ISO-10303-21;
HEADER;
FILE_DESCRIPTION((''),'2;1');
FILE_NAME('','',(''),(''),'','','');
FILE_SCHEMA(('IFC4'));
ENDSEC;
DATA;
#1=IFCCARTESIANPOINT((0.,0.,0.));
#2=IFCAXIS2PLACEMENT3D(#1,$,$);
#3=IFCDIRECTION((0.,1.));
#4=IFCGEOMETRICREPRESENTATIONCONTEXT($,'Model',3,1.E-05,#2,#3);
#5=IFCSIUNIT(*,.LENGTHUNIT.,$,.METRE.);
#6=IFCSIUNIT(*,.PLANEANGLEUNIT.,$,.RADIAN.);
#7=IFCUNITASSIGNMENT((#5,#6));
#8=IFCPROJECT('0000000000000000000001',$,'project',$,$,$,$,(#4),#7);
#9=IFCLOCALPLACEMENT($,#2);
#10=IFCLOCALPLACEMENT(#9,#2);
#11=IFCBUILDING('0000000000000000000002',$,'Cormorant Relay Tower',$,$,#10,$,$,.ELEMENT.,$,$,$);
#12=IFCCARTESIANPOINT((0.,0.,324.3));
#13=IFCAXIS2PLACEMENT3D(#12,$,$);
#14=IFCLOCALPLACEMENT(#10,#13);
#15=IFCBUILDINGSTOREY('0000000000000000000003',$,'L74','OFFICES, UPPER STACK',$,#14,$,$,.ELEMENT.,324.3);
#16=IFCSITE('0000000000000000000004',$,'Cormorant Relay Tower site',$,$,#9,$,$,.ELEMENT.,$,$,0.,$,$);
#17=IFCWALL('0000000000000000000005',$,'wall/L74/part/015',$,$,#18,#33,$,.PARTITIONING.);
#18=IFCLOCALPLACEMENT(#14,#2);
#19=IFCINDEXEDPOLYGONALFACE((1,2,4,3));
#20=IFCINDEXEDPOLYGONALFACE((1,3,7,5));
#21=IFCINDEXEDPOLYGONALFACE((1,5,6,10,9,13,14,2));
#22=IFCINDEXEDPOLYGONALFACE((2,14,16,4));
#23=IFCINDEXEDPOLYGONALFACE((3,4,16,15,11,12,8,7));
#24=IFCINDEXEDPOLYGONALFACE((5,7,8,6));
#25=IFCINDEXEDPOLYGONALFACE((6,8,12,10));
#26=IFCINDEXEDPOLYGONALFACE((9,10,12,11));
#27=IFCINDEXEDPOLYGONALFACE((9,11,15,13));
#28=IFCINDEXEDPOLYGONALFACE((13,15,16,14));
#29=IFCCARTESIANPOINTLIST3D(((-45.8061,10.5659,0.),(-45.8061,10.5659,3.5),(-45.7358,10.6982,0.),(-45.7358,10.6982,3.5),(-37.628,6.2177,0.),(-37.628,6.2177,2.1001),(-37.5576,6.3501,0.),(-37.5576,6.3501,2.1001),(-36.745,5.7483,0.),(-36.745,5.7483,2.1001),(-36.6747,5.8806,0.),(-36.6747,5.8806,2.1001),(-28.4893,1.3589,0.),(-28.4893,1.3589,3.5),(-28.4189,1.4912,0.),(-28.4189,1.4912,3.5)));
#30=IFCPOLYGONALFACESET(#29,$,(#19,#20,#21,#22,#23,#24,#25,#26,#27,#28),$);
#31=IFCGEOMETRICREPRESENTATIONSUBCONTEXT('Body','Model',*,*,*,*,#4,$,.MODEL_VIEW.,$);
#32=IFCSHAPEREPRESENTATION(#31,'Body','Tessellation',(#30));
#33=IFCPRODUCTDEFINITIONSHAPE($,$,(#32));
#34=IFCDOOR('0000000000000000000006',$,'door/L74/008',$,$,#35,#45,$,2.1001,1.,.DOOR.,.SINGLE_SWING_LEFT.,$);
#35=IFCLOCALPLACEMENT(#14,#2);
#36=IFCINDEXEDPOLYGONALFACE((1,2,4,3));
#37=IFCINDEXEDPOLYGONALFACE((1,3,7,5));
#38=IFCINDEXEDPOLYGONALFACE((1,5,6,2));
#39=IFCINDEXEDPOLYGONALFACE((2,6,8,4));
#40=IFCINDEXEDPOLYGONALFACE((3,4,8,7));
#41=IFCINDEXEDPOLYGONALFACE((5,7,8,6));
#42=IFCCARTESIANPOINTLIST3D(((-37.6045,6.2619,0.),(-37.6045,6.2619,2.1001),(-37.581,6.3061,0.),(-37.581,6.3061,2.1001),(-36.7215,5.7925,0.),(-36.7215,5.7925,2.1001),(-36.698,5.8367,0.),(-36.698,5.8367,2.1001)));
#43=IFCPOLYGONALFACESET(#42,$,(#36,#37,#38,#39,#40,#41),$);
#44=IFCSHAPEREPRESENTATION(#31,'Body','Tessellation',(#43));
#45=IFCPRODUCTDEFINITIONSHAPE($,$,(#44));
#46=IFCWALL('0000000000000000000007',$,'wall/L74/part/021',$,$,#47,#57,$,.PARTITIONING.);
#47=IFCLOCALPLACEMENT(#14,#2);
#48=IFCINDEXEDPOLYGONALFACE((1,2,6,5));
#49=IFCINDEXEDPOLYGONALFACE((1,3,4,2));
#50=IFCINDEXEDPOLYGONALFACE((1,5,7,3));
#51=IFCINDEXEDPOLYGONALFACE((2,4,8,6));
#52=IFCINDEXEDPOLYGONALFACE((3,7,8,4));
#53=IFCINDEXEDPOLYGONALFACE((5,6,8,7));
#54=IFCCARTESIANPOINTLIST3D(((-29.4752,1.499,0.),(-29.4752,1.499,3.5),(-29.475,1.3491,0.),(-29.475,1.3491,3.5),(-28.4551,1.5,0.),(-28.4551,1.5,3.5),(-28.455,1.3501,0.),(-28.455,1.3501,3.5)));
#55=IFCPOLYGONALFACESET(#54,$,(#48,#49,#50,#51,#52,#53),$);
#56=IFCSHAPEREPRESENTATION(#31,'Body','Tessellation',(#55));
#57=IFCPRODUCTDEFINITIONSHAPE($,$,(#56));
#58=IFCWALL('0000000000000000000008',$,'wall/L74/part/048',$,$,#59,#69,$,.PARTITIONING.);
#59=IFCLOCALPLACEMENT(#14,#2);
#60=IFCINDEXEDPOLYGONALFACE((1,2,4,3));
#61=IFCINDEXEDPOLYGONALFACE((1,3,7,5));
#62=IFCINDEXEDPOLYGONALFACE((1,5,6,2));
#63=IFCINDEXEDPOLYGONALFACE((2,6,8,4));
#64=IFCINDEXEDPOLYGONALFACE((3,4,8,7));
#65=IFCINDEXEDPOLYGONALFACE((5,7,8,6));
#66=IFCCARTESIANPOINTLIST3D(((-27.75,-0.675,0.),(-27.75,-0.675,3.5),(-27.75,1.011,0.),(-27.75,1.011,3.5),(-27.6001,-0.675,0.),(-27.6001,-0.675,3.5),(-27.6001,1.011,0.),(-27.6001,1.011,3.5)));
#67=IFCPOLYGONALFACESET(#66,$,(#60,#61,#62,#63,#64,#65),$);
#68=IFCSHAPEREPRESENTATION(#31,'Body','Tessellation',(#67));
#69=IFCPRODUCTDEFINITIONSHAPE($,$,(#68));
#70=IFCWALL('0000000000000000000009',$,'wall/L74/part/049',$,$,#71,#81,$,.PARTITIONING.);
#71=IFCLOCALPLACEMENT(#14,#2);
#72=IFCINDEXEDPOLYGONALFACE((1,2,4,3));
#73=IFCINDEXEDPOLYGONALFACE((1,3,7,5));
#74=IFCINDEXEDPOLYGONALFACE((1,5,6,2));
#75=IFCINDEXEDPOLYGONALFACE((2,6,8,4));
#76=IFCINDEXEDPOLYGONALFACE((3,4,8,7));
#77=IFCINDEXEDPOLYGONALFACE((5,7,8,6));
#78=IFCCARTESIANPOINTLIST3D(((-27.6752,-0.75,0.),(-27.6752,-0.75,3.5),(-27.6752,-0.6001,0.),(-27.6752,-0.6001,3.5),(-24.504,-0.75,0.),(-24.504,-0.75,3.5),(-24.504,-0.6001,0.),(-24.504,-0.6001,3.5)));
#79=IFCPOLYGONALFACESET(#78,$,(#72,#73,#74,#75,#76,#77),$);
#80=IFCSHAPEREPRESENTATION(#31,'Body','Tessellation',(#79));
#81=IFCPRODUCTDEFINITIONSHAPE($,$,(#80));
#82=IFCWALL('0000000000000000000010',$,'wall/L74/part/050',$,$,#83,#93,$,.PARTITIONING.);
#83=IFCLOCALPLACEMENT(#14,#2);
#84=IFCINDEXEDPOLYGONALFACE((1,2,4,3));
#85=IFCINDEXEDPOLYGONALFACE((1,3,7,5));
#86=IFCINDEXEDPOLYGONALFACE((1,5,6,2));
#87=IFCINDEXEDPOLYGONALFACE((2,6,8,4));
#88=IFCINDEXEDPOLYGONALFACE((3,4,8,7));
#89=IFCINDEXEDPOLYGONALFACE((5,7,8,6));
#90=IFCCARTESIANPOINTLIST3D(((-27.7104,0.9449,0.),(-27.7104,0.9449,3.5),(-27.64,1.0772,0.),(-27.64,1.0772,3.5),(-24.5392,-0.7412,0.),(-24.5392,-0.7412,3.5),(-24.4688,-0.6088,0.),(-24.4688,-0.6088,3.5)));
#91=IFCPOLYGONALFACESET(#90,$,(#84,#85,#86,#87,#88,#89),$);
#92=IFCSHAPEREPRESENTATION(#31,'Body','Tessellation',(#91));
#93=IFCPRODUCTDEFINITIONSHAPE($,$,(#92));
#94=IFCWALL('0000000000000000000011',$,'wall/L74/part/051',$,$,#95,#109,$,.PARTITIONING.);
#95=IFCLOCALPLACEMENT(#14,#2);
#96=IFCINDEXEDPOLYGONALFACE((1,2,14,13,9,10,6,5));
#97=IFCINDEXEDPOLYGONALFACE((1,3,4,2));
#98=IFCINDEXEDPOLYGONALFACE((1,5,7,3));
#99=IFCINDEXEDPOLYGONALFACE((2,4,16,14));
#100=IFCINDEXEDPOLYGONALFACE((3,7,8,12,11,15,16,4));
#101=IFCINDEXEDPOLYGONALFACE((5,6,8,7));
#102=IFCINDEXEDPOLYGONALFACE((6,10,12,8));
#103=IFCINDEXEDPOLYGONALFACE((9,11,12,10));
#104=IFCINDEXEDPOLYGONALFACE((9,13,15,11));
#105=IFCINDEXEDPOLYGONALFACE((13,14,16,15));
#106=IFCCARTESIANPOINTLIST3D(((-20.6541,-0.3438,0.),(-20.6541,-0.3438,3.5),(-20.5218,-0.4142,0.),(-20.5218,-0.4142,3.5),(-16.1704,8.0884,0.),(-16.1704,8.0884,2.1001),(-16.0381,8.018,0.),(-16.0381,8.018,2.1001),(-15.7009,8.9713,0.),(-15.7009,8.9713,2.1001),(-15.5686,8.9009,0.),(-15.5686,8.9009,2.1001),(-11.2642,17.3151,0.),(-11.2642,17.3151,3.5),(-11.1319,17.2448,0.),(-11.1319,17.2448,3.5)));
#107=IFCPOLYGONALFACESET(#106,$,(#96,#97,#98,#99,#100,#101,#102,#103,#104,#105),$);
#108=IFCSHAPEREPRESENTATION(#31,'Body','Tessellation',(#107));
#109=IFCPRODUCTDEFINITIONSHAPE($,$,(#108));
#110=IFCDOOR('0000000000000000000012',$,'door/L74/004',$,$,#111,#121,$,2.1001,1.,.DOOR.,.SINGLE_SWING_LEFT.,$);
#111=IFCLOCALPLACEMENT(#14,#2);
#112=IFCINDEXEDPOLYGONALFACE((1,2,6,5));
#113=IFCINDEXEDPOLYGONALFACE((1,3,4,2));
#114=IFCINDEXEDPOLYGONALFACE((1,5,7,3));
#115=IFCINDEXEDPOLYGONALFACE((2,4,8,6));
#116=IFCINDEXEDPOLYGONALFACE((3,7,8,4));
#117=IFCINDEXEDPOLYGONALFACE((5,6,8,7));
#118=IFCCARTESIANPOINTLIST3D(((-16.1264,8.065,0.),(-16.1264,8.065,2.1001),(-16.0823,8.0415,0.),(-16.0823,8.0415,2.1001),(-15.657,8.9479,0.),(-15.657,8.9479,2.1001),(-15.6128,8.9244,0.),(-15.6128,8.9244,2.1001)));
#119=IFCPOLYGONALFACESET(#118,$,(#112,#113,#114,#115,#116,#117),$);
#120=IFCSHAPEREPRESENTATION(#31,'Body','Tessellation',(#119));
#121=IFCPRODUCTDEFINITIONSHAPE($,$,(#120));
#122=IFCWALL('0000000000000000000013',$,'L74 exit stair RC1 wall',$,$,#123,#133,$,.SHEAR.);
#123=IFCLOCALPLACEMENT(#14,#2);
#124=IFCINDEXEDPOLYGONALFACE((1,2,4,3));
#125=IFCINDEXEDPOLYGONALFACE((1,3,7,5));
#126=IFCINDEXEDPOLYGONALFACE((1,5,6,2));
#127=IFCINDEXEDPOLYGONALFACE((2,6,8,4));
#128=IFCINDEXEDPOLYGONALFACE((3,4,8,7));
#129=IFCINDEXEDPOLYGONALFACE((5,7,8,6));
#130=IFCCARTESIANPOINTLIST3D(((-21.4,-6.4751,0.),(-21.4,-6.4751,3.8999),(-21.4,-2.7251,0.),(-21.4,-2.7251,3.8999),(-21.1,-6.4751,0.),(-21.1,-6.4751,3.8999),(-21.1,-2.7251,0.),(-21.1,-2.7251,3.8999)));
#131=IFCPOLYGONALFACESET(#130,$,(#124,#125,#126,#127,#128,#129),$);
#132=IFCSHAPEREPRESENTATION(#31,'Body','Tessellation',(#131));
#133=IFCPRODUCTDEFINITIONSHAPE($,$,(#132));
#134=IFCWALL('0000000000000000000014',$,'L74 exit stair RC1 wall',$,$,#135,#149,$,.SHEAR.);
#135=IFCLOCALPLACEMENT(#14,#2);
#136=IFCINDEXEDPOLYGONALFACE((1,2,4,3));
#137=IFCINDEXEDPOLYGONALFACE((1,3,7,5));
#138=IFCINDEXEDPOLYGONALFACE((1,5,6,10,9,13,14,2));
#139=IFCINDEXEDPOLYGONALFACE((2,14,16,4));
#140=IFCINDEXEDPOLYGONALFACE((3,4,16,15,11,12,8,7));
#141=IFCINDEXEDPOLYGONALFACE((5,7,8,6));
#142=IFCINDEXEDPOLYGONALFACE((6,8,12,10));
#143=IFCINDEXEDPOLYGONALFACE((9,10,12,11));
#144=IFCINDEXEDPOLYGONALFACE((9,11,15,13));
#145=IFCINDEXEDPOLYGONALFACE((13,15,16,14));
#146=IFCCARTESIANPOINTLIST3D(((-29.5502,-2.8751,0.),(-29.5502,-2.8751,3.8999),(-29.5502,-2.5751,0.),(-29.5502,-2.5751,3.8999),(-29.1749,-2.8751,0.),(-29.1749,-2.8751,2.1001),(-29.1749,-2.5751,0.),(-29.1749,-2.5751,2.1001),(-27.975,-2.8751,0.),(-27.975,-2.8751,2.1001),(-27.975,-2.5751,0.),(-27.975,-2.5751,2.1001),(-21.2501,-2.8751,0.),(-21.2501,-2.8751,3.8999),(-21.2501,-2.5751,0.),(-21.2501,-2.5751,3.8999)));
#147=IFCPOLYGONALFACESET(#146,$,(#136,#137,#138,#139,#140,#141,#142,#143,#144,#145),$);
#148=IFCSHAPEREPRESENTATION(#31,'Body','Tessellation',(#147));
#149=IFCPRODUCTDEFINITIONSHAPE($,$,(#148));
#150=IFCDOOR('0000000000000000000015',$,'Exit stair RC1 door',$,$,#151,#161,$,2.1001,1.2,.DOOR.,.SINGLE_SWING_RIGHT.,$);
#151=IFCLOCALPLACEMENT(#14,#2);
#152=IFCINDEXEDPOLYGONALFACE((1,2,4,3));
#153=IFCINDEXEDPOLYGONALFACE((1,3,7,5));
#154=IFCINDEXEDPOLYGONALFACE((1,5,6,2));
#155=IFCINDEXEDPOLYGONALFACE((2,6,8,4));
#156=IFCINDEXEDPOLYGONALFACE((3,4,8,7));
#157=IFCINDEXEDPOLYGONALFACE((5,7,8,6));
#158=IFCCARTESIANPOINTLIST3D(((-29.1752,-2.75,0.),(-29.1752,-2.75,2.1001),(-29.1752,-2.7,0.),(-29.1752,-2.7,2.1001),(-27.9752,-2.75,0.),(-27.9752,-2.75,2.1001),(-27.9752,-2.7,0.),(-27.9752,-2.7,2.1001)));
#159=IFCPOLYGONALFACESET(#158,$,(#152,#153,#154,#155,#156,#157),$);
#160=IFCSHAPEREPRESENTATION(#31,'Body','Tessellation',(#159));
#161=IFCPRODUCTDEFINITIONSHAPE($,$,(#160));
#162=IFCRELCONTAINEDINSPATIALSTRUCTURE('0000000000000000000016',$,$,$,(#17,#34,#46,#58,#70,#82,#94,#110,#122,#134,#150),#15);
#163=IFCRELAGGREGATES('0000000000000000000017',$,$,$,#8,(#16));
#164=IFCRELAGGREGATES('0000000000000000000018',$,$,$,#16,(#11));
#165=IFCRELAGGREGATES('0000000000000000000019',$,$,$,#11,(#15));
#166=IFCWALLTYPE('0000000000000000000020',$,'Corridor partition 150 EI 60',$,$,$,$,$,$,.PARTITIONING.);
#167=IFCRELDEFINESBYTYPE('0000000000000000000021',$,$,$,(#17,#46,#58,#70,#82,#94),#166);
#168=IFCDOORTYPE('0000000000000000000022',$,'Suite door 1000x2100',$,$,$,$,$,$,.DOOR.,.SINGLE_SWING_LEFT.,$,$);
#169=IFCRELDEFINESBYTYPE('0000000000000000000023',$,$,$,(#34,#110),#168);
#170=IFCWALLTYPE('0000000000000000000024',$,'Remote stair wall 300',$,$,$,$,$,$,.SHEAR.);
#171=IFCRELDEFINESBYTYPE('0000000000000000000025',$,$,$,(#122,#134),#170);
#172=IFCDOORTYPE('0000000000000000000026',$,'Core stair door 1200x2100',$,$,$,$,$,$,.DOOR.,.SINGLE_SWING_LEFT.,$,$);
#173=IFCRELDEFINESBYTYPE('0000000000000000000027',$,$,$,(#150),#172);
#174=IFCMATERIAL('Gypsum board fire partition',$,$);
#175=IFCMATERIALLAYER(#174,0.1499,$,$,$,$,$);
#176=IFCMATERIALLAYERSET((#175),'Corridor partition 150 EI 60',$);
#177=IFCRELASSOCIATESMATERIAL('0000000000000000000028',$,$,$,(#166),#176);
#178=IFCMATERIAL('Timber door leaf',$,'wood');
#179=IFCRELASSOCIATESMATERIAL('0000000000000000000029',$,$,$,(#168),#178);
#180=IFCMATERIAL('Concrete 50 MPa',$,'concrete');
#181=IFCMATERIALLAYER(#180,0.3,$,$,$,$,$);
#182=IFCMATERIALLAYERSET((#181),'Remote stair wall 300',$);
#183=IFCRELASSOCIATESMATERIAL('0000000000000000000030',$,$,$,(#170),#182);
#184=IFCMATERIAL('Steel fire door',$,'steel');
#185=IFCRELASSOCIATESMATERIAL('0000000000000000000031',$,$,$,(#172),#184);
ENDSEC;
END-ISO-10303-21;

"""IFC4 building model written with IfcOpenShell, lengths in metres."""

from ifc_helpers import new_model, si_unit, direction, frame, frame_2d, origin, place, context, subcontext, project, spatial, rectangle, extrude, material, layer, layer_set, type_object, element, fill, save


model = new_model("IFC4")

# Units and contexts
model_context = context("Model", 3, precision=1e-05, world=origin(), true_north=direction((0.0, 1.0)))
body_context = subcontext(model_context, "Body", "Model", "MODEL_VIEW")
ifc_project = project(units=[si_unit("LENGTHUNIT", "METRE"), si_unit("PLANEANGLEUNIT", "RADIAN")], contexts=[model_context])

# Site, building, storey
site_placement = place(None, origin())
site = spatial("IfcSite", under=ifc_project, at=site_placement, Name="Cormorant Relay Tower site", CompositionType="ELEMENT", RefElevation=0.0)
building_placement = place(site_placement, origin())
building = spatial("IfcBuilding", under=site, at=building_placement, Name="Cormorant Relay Tower", CompositionType="ELEMENT")
storey_placement = place(building_placement, frame((0.0, 0.0, 324.3)))
storey = spatial("IfcBuildingStorey", under=building, at=storey_placement, Name="L74", Description="OFFICES, UPPER STACK", CompositionType="ELEMENT", Elevation=324.3)

# Wall, opening, door
ifc_material_1 = material(Name="Gypsum board fire partition")
ifc_layer_1 = layer(ifc_material_1, 0.1499)
ifc_layer_set_1 = layer_set([ifc_layer_1], Name="Corridor partition 150 EI 60")
wall_type_1 = type_object("IfcWallType", Name="Corridor partition 150 EI 60", PredefinedType="PARTITIONING", material=ifc_layer_set_1)
wall_1_placement = place(storey_placement, frame((-28.4541, 1.425, 0.0), z_axis=(0.0, 0.0, 1.0), x_axis=(-0.882959, 0.469451, 0.0)))
wall_1 = element("IfcWall", 1, at=wall_1_placement, inside=storey, type_object=wall_type_1, Name="wall/L74/part/015", PredefinedType="PARTITIONING", context=body_context, shape_type="SweptSolid", body=[
    extrude(rectangle(XDim=19.6123, YDim=0.1499, at=frame_2d((9.8062, 0.0))), origin(), (0.0, 0.0, 1.0), 3.5),
])
opening_1_placement = place(wall_1_placement, frame((9.3501, 0.0, 0.0)))
opening_1 = element("IfcOpeningElement", 2, at=opening_1_placement, cuts=wall_1, PredefinedType="OPENING", context=body_context, shape_type="SweptSolid", body=[
    extrude(rectangle(XDim=1.0, YDim=2.1001, at=frame_2d((0.5, 1.05))), frame((0.0, 0.085, 0.0), z_axis=(0.0, -1.0, 0.0), x_axis=(1.0, 0.0, 0.0)), (0.0, 0.0, 1.0), 0.1699),
])
ifc_material_2 = material(Name="Timber door leaf", Category="wood")
door_type_1 = type_object("IfcDoorType", Name="Suite door 1000x2100", OperationType="SINGLE_SWING_LEFT", PredefinedType="DOOR", material=ifc_material_2)
door_1_placement = place(opening_1_placement, origin())
door_1 = element("IfcDoor", 3, at=door_1_placement, inside=storey, type_object=door_type_1, Name="door/L74/008", OperationType="SINGLE_SWING_LEFT", OverallHeight=2.1001, OverallWidth=1.0, PredefinedType="DOOR", context=body_context, shape_type="SweptSolid", body=[
    extrude(rectangle(XDim=1.0, YDim=2.1001, at=frame_2d((0.5, 1.05))), frame((0.0, 0.0249, 0.0), z_axis=(0.0, -1.0, 0.0), x_axis=(1.0, 0.0, 0.0)), (0.0, 0.0, 1.0), 0.05),
])
fill(opening_1, door_1)

# Walls
wall_2_placement = place(storey_placement, frame((-28.4551, 1.425, 0.0), z_axis=(0.0, 0.0, 1.0), x_axis=(-1.0, -0.000957, 0.0)))
element("IfcWall", 4, at=wall_2_placement, inside=storey, type_object=wall_type_1, Name="wall/L74/part/021", PredefinedType="PARTITIONING", context=body_context, shape_type="SweptSolid", body=[
    extrude(rectangle(XDim=1.02, YDim=0.1499, at=frame_2d((0.51, 0.0))), origin(), (0.0, 0.0, 1.0), 3.5),
])
wall_3_placement = place(storey_placement, frame((-27.675, 1.011, 0.0), z_axis=(0.0, 0.0, 1.0), x_axis=(0.0, -1.0, 0.0)))
element("IfcWall", 5, at=wall_3_placement, inside=storey, type_object=wall_type_1, Name="wall/L74/part/048", PredefinedType="PARTITIONING", context=body_context, shape_type="SweptSolid", body=[
    extrude(rectangle(XDim=1.686, YDim=0.1499, at=frame_2d((0.843, 0.0))), origin(), (0.0, 0.0, 1.0), 3.5),
])
wall_4_placement = place(storey_placement, frame((-27.675, -0.675, 0.0), z_axis=(0.0, 0.0, 1.0), x_axis=(1.0, 0.0, 0.0)))
element("IfcWall", 6, at=wall_4_placement, inside=storey, type_object=wall_type_1, Name="wall/L74/part/049", PredefinedType="PARTITIONING", context=body_context, shape_type="SweptSolid", body=[
    extrude(rectangle(XDim=3.1711, YDim=0.1499, at=frame_2d((1.5854, 0.0))), origin(), (0.0, 0.0, 1.0), 3.5),
])
wall_5_placement = place(storey_placement, frame((-24.5039, -0.675, 0.0), z_axis=(0.0, 0.0, 1.0), x_axis=(-0.882958, 0.469452, 0.0)))
element("IfcWall", 7, at=wall_5_placement, inside=storey, type_object=wall_type_1, Name="wall/L74/part/050", PredefinedType="PARTITIONING", context=body_context, shape_type="SweptSolid", body=[
    extrude(rectangle(XDim=3.5916, YDim=0.1499, at=frame_2d((1.7959, 0.0))), origin(), (0.0, 0.0, 1.0), 3.5),
])

# Wall, opening, door
wall_6_placement = place(storey_placement, frame((-20.5879, -0.3789, 0.0), z_axis=(0.0, 0.0, 1.0), x_axis=(0.46949, 0.882938, 0.0)))
wall_6 = element("IfcWall", 8, at=wall_6_placement, inside=storey, type_object=wall_type_1, Name="wall/L74/part/051", PredefinedType="PARTITIONING", context=body_context, shape_type="SweptSolid", body=[
    extrude(rectangle(XDim=20.0002, YDim=0.1499, at=frame_2d((10.0, 0.0))), origin(), (0.0, 0.0, 1.0), 3.5),
])
opening_2_placement = place(wall_6_placement, frame((9.55, 0.0, 0.0)))
opening_2 = element("IfcOpeningElement", 9, at=opening_2_placement, cuts=wall_6, PredefinedType="OPENING", context=body_context, shape_type="SweptSolid", body=[
    extrude(rectangle(XDim=1.0, YDim=2.1001, at=frame_2d((0.5, 1.05))), frame((0.0, 0.085, 0.0), z_axis=(0.0, -1.0, 0.0), x_axis=(1.0, 0.0, 0.0)), (0.0, 0.0, 1.0), 0.1699),
])
door_2_placement = place(opening_2_placement, frame((1.0, 0.0, 0.0), z_axis=(0.0, 0.0, 1.0), x_axis=(-1.0, 0.0, 0.0)))
door_2 = element("IfcDoor", 10, at=door_2_placement, inside=storey, type_object=door_type_1, Name="door/L74/004", OperationType="SINGLE_SWING_LEFT", OverallHeight=2.1001, OverallWidth=1.0, PredefinedType="DOOR", context=body_context, shape_type="SweptSolid", body=[
    extrude(rectangle(XDim=1.0, YDim=2.1001, at=frame_2d((0.5, 1.05))), frame((0.0, 0.0249, 0.0), z_axis=(0.0, -1.0, 0.0), x_axis=(1.0, 0.0, 0.0)), (0.0, 0.0, 1.0), 0.05),
])
fill(opening_2, door_2)

# Wall
ifc_material_3 = material(Name="Concrete 50 MPa", Category="concrete")
ifc_layer_2 = layer(ifc_material_3, 0.3)
ifc_layer_set_2 = layer_set([ifc_layer_2], Name="Remote stair wall 300")
wall_type_2 = type_object("IfcWallType", Name="Remote stair wall 300", PredefinedType="SHEAR", material=ifc_layer_set_2)
wall_7_placement = place(storey_placement, frame((-21.25, -2.7251, 0.0), z_axis=(0.0, 0.0, 1.0), x_axis=(0.0, -1.0, 0.0)))
element("IfcWall", 11, at=wall_7_placement, inside=storey, type_object=wall_type_2, Name="L74 exit stair RC1 wall", PredefinedType="SHEAR", context=body_context, shape_type="SweptSolid", body=[
    extrude(rectangle(XDim=3.75, YDim=0.3, at=frame_2d((1.875, 0.0))), origin(), (0.0, 0.0, 1.0), 3.8999),
])

# Wall, opening, door
wall_8_placement = place(storey_placement, frame((-29.55, -2.7251, 0.0), z_axis=(0.0, 0.0, 1.0), x_axis=(1.0, 0.0, 0.0)))
wall_8 = element("IfcWall", 12, at=wall_8_placement, inside=storey, type_object=wall_type_2, Name="L74 exit stair RC1 wall", PredefinedType="SHEAR", context=body_context, shape_type="SweptSolid", body=[
    extrude(rectangle(XDim=8.3, YDim=0.3, at=frame_2d((4.1499, 0.0))), origin(), (0.0, 0.0, 1.0), 3.8999),
])
opening_3_placement = place(wall_8_placement, frame((0.375, 0.0, 0.0)))
opening_3 = element("IfcOpeningElement", 13, at=opening_3_placement, cuts=wall_8, PredefinedType="OPENING", context=body_context, shape_type="SweptSolid", body=[
    extrude(rectangle(XDim=1.2, YDim=2.1001, at=frame_2d((0.6001, 1.05))), frame((0.0, 0.1599, 0.0), z_axis=(0.0, -1.0, 0.0), x_axis=(1.0, 0.0, 0.0)), (0.0, 0.0, 1.0), 0.3201),
])
ifc_material_4 = material(Name="Steel fire door", Category="steel")
door_type_2 = type_object("IfcDoorType", Name="Core stair door 1200x2100", OperationType="SINGLE_SWING_LEFT", PredefinedType="DOOR", material=ifc_material_4)
door_3_placement = place(opening_3_placement, frame((1.2, 0.0, 0.0), z_axis=(0.0, 0.0, 1.0), x_axis=(-1.0, 0.0, 0.0)))
door_3 = element("IfcDoor", 14, at=door_3_placement, inside=storey, type_object=door_type_2, Name="Exit stair RC1 door", OperationType="SINGLE_SWING_RIGHT", OverallHeight=2.1001, OverallWidth=1.2, PredefinedType="DOOR", context=body_context, shape_type="SweptSolid", body=[
    extrude(rectangle(XDim=1.2, YDim=2.1001, at=frame_2d((0.6001, 1.05))), frame((0.0, 0.0249, 0.0), z_axis=(0.0, -1.0, 0.0), x_axis=(1.0, 0.0, 0.0)), (0.0, 0.0, 1.0), 0.05),
])
fill(opening_3, door_3)

save(model, "model.ifc")
